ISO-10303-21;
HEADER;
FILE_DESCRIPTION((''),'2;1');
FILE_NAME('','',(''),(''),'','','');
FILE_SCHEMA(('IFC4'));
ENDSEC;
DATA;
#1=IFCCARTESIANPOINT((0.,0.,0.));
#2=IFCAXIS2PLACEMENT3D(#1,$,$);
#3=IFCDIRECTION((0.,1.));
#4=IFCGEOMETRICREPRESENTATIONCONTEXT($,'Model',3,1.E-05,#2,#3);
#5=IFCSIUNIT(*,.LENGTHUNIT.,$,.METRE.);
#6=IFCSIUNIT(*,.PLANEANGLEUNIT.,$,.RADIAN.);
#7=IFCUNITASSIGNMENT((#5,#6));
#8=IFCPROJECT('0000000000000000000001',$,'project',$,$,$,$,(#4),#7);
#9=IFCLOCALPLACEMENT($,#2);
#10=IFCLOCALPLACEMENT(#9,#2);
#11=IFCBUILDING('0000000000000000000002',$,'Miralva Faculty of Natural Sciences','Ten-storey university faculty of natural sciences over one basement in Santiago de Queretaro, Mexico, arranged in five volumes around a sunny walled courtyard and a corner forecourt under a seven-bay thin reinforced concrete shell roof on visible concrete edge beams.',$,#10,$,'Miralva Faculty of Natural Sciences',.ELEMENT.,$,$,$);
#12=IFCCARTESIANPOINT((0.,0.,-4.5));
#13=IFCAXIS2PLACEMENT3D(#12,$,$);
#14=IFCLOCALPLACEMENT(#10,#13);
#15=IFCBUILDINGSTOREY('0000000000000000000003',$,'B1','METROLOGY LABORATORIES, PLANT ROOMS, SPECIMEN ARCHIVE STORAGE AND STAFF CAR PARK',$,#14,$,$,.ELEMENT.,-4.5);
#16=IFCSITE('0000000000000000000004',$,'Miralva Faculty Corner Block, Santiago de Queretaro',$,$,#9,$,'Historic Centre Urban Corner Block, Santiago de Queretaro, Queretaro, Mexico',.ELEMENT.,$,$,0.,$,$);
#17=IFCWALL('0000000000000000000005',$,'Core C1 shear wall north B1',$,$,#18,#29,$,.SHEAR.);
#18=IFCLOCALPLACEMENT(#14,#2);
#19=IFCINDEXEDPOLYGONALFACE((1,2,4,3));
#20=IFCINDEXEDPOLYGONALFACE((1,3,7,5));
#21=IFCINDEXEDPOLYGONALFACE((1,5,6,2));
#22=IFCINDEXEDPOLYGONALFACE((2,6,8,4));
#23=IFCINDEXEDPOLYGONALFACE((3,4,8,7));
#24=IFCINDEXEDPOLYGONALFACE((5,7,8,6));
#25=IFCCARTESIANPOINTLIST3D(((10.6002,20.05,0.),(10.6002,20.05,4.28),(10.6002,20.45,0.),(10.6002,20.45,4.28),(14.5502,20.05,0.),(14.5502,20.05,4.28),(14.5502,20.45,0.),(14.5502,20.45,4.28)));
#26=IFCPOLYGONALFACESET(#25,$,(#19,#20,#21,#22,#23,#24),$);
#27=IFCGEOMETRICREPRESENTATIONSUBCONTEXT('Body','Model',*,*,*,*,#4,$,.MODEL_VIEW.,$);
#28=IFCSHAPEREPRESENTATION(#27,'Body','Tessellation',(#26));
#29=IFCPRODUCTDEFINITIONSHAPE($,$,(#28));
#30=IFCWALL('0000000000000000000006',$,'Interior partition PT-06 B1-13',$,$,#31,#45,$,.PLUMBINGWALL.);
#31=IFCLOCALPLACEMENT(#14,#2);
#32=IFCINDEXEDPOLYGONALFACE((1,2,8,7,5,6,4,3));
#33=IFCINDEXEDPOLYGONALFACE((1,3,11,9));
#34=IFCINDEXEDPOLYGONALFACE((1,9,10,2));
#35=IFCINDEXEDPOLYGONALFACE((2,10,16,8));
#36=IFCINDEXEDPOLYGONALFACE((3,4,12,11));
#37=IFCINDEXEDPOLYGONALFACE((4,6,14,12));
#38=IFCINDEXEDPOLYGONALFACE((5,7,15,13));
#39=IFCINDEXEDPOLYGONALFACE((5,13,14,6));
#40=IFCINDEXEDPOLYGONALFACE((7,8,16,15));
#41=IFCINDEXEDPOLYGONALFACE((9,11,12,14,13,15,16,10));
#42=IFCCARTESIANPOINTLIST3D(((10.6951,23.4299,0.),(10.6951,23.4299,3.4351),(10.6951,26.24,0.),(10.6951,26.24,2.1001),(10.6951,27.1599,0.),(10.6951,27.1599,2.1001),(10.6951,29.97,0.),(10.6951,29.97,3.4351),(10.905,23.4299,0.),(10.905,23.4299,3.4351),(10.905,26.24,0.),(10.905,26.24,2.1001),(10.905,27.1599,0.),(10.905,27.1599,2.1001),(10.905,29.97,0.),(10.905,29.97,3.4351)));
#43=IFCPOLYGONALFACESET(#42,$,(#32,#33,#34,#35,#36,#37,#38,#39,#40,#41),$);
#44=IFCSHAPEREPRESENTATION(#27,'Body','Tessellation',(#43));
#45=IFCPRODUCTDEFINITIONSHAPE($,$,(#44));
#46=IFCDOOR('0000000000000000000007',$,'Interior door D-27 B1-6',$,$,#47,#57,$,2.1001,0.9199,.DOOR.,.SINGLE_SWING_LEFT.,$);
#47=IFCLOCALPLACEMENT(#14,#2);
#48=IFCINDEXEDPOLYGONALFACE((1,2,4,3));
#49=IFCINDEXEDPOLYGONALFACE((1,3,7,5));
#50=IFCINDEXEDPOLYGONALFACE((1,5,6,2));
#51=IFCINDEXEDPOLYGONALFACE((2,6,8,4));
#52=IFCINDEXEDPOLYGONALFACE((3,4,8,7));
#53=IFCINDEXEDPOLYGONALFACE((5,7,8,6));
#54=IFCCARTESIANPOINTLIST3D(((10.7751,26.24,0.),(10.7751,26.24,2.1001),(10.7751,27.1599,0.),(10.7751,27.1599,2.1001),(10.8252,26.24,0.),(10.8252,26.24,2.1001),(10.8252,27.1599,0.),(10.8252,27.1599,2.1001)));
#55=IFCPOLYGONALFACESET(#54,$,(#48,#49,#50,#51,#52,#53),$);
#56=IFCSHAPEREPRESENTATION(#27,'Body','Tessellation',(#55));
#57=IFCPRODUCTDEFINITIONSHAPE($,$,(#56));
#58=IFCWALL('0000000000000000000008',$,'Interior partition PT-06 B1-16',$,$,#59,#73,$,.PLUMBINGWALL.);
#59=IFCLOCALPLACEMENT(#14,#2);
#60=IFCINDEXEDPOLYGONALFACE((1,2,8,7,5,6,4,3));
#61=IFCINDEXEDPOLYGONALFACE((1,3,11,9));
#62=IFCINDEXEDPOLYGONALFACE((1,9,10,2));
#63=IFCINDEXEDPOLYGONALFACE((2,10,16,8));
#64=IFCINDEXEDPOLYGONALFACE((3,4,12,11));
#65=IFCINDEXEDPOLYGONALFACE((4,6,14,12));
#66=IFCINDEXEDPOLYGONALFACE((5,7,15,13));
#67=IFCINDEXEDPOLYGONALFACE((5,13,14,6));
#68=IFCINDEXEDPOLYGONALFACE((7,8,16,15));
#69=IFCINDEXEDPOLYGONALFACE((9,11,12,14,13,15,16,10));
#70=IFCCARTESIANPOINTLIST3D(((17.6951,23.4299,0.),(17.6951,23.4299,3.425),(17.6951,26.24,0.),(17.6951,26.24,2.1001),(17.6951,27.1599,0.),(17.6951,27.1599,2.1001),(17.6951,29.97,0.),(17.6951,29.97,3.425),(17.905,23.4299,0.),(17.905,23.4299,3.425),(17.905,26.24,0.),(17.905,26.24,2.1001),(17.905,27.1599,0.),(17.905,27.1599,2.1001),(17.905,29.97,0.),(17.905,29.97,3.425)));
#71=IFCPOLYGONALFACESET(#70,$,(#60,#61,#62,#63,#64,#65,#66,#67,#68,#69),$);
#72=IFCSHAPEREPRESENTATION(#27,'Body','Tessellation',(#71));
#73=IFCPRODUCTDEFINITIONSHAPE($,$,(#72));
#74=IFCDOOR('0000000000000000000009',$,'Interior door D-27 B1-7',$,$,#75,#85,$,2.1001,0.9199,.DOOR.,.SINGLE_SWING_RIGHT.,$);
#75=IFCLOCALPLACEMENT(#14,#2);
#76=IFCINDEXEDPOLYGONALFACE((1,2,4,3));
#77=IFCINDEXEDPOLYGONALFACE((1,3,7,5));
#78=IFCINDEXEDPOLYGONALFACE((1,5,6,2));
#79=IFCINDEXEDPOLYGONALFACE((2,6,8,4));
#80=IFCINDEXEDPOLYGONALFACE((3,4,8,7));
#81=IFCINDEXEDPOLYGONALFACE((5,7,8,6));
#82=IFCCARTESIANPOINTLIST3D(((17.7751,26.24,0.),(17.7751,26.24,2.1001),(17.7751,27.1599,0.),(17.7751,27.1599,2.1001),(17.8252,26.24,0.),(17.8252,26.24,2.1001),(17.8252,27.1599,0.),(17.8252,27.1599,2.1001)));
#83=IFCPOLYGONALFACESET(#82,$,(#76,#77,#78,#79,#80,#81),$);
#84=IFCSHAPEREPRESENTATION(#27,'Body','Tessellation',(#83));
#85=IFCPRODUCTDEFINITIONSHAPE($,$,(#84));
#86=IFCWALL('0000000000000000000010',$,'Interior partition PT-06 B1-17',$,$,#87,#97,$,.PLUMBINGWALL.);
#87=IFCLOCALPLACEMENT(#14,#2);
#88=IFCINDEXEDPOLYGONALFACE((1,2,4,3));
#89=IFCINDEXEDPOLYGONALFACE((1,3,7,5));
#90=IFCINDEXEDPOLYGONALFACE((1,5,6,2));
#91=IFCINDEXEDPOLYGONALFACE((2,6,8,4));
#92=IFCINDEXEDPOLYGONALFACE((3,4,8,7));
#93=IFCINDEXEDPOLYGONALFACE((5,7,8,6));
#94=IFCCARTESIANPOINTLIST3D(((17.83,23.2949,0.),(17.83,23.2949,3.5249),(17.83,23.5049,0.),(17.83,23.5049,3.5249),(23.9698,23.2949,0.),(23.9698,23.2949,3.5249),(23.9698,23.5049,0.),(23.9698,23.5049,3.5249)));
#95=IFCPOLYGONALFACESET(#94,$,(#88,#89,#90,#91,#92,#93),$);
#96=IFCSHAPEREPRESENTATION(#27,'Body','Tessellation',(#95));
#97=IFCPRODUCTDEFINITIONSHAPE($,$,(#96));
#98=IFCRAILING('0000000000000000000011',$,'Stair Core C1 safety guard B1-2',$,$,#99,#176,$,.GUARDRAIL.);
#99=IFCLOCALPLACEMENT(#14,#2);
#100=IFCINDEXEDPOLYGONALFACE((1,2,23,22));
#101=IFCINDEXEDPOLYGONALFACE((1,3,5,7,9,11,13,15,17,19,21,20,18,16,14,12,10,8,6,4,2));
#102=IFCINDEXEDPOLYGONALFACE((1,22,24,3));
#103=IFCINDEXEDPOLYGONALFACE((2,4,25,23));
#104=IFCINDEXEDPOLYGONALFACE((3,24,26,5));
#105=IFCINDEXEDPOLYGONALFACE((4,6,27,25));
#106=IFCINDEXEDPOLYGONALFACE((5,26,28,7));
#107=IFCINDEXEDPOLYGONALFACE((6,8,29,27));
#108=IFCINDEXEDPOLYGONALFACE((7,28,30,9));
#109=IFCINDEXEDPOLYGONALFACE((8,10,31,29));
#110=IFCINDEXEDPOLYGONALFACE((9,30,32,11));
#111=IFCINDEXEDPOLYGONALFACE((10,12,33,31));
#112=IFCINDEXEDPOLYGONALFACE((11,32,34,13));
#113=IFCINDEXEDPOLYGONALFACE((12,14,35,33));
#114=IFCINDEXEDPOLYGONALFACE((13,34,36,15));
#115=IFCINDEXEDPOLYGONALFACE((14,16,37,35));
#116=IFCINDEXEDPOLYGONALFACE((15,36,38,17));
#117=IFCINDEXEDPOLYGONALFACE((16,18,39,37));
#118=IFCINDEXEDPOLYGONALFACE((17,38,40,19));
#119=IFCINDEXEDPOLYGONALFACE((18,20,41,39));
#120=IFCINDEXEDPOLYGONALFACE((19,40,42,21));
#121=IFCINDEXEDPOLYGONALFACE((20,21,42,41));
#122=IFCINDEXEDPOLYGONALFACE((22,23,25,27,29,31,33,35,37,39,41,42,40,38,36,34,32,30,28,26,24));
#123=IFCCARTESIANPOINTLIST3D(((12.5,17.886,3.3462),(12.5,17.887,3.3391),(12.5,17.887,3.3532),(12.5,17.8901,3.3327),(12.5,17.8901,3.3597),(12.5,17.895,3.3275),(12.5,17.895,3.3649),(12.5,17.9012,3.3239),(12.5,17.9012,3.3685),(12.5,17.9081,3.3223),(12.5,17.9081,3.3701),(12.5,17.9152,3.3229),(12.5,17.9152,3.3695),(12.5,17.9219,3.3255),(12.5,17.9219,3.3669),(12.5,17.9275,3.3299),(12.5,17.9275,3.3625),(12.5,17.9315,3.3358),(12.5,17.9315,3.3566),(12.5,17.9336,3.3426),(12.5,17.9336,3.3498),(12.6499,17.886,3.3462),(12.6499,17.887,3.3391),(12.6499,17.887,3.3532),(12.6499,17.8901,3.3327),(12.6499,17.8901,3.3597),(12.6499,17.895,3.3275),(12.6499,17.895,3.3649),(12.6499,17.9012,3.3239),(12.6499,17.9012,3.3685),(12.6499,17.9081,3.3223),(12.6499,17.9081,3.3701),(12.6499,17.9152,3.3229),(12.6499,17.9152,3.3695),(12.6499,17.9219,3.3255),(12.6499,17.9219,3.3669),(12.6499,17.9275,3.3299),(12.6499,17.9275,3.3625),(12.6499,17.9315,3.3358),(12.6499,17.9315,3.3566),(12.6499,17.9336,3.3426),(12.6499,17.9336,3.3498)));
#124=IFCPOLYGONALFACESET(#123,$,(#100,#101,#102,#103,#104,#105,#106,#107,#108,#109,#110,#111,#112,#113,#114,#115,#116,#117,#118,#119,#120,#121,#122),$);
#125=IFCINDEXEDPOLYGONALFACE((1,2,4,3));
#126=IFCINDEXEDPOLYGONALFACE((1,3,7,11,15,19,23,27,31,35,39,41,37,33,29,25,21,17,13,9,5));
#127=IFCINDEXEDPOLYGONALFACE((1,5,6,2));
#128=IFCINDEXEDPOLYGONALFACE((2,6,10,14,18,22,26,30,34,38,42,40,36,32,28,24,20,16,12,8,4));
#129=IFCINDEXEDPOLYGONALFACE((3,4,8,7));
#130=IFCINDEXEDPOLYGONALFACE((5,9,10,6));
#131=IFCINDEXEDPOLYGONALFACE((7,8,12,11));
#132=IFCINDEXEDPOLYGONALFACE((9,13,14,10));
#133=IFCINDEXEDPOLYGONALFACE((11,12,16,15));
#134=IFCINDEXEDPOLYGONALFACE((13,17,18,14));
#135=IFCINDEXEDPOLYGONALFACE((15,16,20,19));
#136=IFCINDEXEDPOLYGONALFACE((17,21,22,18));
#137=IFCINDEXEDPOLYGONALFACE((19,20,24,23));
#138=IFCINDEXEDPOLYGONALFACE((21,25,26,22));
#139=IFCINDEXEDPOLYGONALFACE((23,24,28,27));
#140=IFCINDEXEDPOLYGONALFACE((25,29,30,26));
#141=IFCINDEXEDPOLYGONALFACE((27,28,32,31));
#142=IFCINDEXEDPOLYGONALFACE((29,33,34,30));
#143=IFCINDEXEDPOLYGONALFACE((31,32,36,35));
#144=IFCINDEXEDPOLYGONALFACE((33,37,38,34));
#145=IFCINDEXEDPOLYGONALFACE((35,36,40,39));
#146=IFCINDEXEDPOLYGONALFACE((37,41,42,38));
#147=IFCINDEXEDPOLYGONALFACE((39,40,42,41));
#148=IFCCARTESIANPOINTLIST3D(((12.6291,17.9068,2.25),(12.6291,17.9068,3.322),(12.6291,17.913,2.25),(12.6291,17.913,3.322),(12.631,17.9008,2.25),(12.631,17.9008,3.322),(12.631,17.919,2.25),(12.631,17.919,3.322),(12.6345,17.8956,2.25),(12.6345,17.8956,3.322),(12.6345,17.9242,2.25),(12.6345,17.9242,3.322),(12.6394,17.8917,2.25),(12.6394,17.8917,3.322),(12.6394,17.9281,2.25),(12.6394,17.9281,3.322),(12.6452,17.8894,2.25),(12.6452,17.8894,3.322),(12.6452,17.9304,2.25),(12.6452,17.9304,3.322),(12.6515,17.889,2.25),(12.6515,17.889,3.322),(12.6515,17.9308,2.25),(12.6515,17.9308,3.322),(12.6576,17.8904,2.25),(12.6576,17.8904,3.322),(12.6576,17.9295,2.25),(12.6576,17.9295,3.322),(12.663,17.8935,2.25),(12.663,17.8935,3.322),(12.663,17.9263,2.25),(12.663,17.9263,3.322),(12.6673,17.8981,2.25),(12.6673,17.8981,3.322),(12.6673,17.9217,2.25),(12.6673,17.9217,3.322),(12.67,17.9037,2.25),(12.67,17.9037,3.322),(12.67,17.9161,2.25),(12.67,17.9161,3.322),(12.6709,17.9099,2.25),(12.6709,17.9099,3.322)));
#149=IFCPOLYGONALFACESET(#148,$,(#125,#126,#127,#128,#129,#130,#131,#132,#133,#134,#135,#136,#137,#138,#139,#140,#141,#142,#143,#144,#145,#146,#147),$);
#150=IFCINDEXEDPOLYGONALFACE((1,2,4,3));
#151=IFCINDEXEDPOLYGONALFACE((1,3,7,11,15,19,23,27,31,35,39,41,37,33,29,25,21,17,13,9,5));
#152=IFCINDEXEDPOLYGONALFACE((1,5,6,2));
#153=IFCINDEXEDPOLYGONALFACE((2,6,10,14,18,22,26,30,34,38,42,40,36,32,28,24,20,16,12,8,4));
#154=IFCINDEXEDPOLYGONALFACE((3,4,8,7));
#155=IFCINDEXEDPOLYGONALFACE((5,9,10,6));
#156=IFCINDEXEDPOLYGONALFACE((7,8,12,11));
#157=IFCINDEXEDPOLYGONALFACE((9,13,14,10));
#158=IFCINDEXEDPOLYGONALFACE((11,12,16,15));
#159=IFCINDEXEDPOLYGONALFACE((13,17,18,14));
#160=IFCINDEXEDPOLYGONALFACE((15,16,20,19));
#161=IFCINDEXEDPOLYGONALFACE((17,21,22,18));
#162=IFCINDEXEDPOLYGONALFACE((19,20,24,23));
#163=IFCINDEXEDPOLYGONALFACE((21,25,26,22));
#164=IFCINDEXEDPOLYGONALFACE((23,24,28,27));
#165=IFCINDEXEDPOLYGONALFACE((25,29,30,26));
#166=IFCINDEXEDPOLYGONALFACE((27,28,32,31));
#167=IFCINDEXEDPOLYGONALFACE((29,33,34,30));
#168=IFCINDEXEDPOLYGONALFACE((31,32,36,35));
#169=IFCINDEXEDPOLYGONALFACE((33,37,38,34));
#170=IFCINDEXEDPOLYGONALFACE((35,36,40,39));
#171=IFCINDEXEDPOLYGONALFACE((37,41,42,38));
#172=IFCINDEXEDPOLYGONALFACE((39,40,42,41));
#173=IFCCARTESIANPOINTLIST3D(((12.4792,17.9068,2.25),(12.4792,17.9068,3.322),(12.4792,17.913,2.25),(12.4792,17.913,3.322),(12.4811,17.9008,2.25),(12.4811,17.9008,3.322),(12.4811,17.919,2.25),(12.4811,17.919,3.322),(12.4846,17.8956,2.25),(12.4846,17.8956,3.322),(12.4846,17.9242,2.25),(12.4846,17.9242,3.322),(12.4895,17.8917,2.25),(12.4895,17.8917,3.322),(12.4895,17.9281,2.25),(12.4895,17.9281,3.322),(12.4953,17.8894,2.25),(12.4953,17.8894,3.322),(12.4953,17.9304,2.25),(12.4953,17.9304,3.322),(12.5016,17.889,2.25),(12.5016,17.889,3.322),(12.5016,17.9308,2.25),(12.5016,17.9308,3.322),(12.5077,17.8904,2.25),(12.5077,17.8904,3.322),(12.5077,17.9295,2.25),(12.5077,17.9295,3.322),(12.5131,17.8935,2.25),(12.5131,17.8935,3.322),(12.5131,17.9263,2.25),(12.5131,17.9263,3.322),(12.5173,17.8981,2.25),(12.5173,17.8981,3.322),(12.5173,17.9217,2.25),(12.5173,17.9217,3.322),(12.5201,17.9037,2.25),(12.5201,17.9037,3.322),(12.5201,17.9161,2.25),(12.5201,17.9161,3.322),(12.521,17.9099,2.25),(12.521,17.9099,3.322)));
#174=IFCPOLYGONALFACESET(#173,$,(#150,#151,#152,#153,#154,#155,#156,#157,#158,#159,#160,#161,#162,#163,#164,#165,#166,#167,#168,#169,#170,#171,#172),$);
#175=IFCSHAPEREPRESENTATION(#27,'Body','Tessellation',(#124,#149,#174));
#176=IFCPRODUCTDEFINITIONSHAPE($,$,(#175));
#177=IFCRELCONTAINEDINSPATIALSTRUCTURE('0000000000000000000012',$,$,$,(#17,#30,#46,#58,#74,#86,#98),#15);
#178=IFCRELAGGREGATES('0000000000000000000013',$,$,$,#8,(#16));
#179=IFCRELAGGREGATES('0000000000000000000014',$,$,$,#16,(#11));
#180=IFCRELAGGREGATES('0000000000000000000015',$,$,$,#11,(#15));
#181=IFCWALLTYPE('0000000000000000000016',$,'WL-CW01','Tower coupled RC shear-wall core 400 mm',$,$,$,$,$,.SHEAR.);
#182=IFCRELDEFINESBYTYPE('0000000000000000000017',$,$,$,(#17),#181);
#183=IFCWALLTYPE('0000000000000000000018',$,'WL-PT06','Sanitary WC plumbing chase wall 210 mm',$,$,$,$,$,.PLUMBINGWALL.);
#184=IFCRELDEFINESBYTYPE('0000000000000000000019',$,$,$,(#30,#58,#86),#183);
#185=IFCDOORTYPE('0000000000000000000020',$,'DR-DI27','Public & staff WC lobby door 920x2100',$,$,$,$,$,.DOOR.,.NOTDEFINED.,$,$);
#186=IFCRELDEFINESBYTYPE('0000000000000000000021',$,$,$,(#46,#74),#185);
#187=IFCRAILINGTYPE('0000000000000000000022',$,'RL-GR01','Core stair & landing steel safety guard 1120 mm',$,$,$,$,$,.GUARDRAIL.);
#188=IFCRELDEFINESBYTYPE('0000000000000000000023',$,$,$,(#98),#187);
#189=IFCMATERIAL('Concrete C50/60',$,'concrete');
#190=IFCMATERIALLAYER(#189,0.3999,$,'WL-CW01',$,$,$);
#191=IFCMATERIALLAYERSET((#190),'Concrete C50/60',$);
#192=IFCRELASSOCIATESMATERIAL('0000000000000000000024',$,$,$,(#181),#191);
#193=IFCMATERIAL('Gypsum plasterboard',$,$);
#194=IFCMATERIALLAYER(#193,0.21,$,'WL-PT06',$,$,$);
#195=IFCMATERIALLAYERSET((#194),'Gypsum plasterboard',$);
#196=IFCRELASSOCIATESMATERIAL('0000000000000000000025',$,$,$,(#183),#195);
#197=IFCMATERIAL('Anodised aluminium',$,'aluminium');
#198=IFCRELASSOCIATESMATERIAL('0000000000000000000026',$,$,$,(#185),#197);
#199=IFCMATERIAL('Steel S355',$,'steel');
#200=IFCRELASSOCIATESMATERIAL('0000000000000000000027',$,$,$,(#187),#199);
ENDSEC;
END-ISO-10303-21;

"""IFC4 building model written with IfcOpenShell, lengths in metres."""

from ifc_helpers import new_model, si_unit, direction, frame, frame_2d, origin, origin_2d, place, context, subcontext, project, spatial, rectangle, circle, extrude, material, layer, layer_set, type_object, element, fill, save


model = new_model("IFC4")

# Units and contexts
model_context = context("Model", 3, precision=1e-05, world=origin(), true_north=direction((0.0, 1.0)))
body_context = subcontext(model_context, "Body", "Model", "MODEL_VIEW")
ifc_project = project(units=[si_unit("LENGTHUNIT", "METRE"), si_unit("PLANEANGLEUNIT", "RADIAN")], contexts=[model_context])

# Site, building, storey
site_placement = place(None, origin())
site = spatial("IfcSite", under=ifc_project, at=site_placement, Name="Miralva Faculty Corner Block, Santiago de Queretaro", LongName="Historic Centre Urban Corner Block, Santiago de Queretaro, Queretaro, Mexico", CompositionType="ELEMENT", RefElevation=0.0)
building_placement = place(site_placement, origin())
building = spatial("IfcBuilding", under=site, at=building_placement, Name="Miralva Faculty of Natural Sciences", Description="Ten-storey university faculty of natural sciences over one basement in Santiago de Queretaro, Mexico, arranged in five volumes around a sunny walled courtyard and a corner forecourt under a seven-bay thin reinforced concrete shell roof on visible concrete edge beams.", LongName="Miralva Faculty of Natural Sciences", CompositionType="ELEMENT")
storey_placement = place(building_placement, frame((0.0, 0.0, -4.5)))
storey = spatial("IfcBuildingStorey", under=building, at=storey_placement, Name="B1", Description="METROLOGY LABORATORIES, PLANT ROOMS, SPECIMEN ARCHIVE STORAGE AND STAFF CAR PARK", CompositionType="ELEMENT", Elevation=-4.5)

# Shared definitions
ifc_material_1 = material(Name="Concrete C50/60", Category="concrete")

# Wall
ifc_layer_1 = layer(ifc_material_1, 0.3999, Name="WL-CW01")
ifc_layer_set_1 = layer_set([ifc_layer_1], Name="Concrete C50/60")
wall_type_1 = type_object("IfcWallType", Name="WL-CW01", Description="Tower coupled RC shear-wall core 400 mm", PredefinedType="SHEAR", material=ifc_layer_set_1)
wall_1_placement = place(storey_placement, frame((10.6001, 20.25, 0.0), z_axis=(0.0, 0.0, 1.0), x_axis=(1.0, 0.0, 0.0)))
element("IfcWall", 1, at=wall_1_placement, inside=storey, type_object=wall_type_1, Name="Core C1 shear wall north B1", PredefinedType="SHEAR", context=body_context, shape_type="SweptSolid", body=[
    extrude(rectangle(XDim=3.95, YDim=0.3999, at=frame_2d((1.9751, 0.0))), origin(), (0.0, 0.0, 1.0), 4.28),
])

# Walls, openings, doors
ifc_material_2 = material(Name="Gypsum plasterboard")
ifc_layer_2 = layer(ifc_material_2, 0.21, Name="WL-PT06")
ifc_layer_set_2 = layer_set([ifc_layer_2], Name="Gypsum plasterboard")
wall_type_2 = type_object("IfcWallType", Name="WL-PT06", Description="Sanitary WC plumbing chase wall 210 mm", PredefinedType="PLUMBINGWALL", material=ifc_layer_set_2)
wall_2_placement = place(storey_placement, frame((10.8, 23.4299, 0.0), z_axis=(0.0, 0.0, 1.0), x_axis=(0.0, 1.0, 0.0)))
wall_2 = element("IfcWall", 2, at=wall_2_placement, inside=storey, type_object=wall_type_2, Name="Interior partition PT-06 B1-13", PredefinedType="PLUMBINGWALL", context=body_context, shape_type="SweptSolid", body=[
    extrude(rectangle(XDim=6.54, YDim=0.21, at=frame_2d((3.27, 0.0))), origin(), (0.0, 0.0, 1.0), 3.4351),
])
opening_1_placement = place(wall_2_placement, frame((2.8101, 0.0, 0.0)))
opening_1 = element("IfcOpeningElement", 3, at=opening_1_placement, cuts=wall_2, PredefinedType="OPENING", context=body_context, shape_type="SweptSolid", body=[
    extrude(rectangle(XDim=0.9199, YDim=2.1001, at=frame_2d((0.46, 1.05))), frame((0.0, 0.115, 0.0), z_axis=(0.0, -1.0, 0.0), x_axis=(1.0, 0.0, 0.0)), (0.0, 0.0, 1.0), 0.23),
])
ifc_material_3 = material(Name="Anodised aluminium", Category="aluminium")
door_type = type_object("IfcDoorType", Name="DR-DI27", Description="Public & staff WC lobby door 920x2100", OperationType="NOTDEFINED", PredefinedType="DOOR", material=ifc_material_3)
door_1_placement = place(opening_1_placement, origin())
door_1 = element("IfcDoor", 4, at=door_1_placement, inside=storey, type_object=door_type, Name="Interior door D-27 B1-6", OperationType="SINGLE_SWING_LEFT", OverallHeight=2.1001, OverallWidth=0.9199, PredefinedType="DOOR", context=body_context, shape_type="SweptSolid", body=[
    extrude(rectangle(XDim=0.9199, YDim=2.1001, at=frame_2d((0.46, 1.05))), frame((0.0, 0.0249, 0.0), z_axis=(0.0, -1.0, 0.0), x_axis=(1.0, 0.0, 0.0)), (0.0, 0.0, 1.0), 0.05),
])
fill(opening_1, door_1)
wall_3_placement = place(storey_placement, frame((17.8, 23.4299, 0.0), z_axis=(0.0, 0.0, 1.0), x_axis=(0.0, 1.0, 0.0)))
wall_3 = element("IfcWall", 5, at=wall_3_placement, inside=storey, type_object=wall_type_2, Name="Interior partition PT-06 B1-16", PredefinedType="PLUMBINGWALL", context=body_context, shape_type="SweptSolid", body=[
    extrude(rectangle(XDim=6.54, YDim=0.21, at=frame_2d((3.27, 0.0))), origin(), (0.0, 0.0, 1.0), 3.425),
])
opening_2_placement = place(wall_3_placement, frame((2.8101, 0.0, 0.0)))
opening_2 = element("IfcOpeningElement", 6, at=opening_2_placement, cuts=wall_3, PredefinedType="OPENING", context=body_context, shape_type="SweptSolid", body=[
    extrude(rectangle(XDim=0.9199, YDim=2.1001, at=frame_2d((0.46, 1.05))), frame((0.0, 0.115, 0.0), z_axis=(0.0, -1.0, 0.0), x_axis=(1.0, 0.0, 0.0)), (0.0, 0.0, 1.0), 0.23),
])
door_2_placement = place(opening_2_placement, origin())
door_2 = element("IfcDoor", 7, at=door_2_placement, inside=storey, type_object=door_type, Name="Interior door D-27 B1-7", OperationType="SINGLE_SWING_RIGHT", OverallHeight=2.1001, OverallWidth=0.9199, PredefinedType="DOOR", context=body_context, shape_type="SweptSolid", body=[
    extrude(rectangle(XDim=0.9199, YDim=2.1001, at=frame_2d((0.46, 1.05))), frame((0.0, 0.0249, 0.0), z_axis=(0.0, -1.0, 0.0), x_axis=(1.0, 0.0, 0.0)), (0.0, 0.0, 1.0), 0.05),
])
fill(opening_2, door_2)

# Wall
wall_4_placement = place(storey_placement, frame((17.8301, 23.3999, 0.0), z_axis=(0.0, 0.0, 1.0), x_axis=(1.0, 0.0, 0.0)))
element("IfcWall", 8, at=wall_4_placement, inside=storey, type_object=wall_type_2, Name="Interior partition PT-06 B1-17", PredefinedType="PLUMBINGWALL", context=body_context, shape_type="SweptSolid", body=[
    extrude(rectangle(XDim=6.1399, YDim=0.21, at=frame_2d((3.0698, 0.0))), origin(), (0.0, 0.0, 1.0), 3.5249),
])

# Railing
ifc_material_4 = material(Name="Steel S355", Category="steel")
railing_type = type_object("IfcRailingType", Name="RL-GR01", Description="Core stair & landing steel safety guard 1120 mm", PredefinedType="GUARDRAIL", material=ifc_material_4)
railing_1_placement = place(storey_placement, frame((12.6499, 17.9099, 2.25)))
element("IfcRailing", 9, at=railing_1_placement, inside=storey, type_object=railing_type, Name="Stair Core C1 safety guard B1-2", PredefinedType="GUARDRAIL", context=body_context, shape_type="SweptSolid", body=[
    extrude(circle(Radius=0.0239, at=origin_2d()), frame((0.0, 0.0, 1.0962), z_axis=(-1.0, 0.0, 0.0), x_axis=(0.0, -1.0, 0.0)), (0.0, 0.0, 1.0), 0.1499),
    extrude(circle(Radius=0.021, at=origin_2d()), origin(), (0.0, 0.0, 1.0), 1.072),
    extrude(circle(Radius=0.021, at=origin_2d()), frame((-0.1499, 0.0, 0.0)), (0.0, 0.0, 1.0), 1.072),
])

save(model, "model.ifc")
